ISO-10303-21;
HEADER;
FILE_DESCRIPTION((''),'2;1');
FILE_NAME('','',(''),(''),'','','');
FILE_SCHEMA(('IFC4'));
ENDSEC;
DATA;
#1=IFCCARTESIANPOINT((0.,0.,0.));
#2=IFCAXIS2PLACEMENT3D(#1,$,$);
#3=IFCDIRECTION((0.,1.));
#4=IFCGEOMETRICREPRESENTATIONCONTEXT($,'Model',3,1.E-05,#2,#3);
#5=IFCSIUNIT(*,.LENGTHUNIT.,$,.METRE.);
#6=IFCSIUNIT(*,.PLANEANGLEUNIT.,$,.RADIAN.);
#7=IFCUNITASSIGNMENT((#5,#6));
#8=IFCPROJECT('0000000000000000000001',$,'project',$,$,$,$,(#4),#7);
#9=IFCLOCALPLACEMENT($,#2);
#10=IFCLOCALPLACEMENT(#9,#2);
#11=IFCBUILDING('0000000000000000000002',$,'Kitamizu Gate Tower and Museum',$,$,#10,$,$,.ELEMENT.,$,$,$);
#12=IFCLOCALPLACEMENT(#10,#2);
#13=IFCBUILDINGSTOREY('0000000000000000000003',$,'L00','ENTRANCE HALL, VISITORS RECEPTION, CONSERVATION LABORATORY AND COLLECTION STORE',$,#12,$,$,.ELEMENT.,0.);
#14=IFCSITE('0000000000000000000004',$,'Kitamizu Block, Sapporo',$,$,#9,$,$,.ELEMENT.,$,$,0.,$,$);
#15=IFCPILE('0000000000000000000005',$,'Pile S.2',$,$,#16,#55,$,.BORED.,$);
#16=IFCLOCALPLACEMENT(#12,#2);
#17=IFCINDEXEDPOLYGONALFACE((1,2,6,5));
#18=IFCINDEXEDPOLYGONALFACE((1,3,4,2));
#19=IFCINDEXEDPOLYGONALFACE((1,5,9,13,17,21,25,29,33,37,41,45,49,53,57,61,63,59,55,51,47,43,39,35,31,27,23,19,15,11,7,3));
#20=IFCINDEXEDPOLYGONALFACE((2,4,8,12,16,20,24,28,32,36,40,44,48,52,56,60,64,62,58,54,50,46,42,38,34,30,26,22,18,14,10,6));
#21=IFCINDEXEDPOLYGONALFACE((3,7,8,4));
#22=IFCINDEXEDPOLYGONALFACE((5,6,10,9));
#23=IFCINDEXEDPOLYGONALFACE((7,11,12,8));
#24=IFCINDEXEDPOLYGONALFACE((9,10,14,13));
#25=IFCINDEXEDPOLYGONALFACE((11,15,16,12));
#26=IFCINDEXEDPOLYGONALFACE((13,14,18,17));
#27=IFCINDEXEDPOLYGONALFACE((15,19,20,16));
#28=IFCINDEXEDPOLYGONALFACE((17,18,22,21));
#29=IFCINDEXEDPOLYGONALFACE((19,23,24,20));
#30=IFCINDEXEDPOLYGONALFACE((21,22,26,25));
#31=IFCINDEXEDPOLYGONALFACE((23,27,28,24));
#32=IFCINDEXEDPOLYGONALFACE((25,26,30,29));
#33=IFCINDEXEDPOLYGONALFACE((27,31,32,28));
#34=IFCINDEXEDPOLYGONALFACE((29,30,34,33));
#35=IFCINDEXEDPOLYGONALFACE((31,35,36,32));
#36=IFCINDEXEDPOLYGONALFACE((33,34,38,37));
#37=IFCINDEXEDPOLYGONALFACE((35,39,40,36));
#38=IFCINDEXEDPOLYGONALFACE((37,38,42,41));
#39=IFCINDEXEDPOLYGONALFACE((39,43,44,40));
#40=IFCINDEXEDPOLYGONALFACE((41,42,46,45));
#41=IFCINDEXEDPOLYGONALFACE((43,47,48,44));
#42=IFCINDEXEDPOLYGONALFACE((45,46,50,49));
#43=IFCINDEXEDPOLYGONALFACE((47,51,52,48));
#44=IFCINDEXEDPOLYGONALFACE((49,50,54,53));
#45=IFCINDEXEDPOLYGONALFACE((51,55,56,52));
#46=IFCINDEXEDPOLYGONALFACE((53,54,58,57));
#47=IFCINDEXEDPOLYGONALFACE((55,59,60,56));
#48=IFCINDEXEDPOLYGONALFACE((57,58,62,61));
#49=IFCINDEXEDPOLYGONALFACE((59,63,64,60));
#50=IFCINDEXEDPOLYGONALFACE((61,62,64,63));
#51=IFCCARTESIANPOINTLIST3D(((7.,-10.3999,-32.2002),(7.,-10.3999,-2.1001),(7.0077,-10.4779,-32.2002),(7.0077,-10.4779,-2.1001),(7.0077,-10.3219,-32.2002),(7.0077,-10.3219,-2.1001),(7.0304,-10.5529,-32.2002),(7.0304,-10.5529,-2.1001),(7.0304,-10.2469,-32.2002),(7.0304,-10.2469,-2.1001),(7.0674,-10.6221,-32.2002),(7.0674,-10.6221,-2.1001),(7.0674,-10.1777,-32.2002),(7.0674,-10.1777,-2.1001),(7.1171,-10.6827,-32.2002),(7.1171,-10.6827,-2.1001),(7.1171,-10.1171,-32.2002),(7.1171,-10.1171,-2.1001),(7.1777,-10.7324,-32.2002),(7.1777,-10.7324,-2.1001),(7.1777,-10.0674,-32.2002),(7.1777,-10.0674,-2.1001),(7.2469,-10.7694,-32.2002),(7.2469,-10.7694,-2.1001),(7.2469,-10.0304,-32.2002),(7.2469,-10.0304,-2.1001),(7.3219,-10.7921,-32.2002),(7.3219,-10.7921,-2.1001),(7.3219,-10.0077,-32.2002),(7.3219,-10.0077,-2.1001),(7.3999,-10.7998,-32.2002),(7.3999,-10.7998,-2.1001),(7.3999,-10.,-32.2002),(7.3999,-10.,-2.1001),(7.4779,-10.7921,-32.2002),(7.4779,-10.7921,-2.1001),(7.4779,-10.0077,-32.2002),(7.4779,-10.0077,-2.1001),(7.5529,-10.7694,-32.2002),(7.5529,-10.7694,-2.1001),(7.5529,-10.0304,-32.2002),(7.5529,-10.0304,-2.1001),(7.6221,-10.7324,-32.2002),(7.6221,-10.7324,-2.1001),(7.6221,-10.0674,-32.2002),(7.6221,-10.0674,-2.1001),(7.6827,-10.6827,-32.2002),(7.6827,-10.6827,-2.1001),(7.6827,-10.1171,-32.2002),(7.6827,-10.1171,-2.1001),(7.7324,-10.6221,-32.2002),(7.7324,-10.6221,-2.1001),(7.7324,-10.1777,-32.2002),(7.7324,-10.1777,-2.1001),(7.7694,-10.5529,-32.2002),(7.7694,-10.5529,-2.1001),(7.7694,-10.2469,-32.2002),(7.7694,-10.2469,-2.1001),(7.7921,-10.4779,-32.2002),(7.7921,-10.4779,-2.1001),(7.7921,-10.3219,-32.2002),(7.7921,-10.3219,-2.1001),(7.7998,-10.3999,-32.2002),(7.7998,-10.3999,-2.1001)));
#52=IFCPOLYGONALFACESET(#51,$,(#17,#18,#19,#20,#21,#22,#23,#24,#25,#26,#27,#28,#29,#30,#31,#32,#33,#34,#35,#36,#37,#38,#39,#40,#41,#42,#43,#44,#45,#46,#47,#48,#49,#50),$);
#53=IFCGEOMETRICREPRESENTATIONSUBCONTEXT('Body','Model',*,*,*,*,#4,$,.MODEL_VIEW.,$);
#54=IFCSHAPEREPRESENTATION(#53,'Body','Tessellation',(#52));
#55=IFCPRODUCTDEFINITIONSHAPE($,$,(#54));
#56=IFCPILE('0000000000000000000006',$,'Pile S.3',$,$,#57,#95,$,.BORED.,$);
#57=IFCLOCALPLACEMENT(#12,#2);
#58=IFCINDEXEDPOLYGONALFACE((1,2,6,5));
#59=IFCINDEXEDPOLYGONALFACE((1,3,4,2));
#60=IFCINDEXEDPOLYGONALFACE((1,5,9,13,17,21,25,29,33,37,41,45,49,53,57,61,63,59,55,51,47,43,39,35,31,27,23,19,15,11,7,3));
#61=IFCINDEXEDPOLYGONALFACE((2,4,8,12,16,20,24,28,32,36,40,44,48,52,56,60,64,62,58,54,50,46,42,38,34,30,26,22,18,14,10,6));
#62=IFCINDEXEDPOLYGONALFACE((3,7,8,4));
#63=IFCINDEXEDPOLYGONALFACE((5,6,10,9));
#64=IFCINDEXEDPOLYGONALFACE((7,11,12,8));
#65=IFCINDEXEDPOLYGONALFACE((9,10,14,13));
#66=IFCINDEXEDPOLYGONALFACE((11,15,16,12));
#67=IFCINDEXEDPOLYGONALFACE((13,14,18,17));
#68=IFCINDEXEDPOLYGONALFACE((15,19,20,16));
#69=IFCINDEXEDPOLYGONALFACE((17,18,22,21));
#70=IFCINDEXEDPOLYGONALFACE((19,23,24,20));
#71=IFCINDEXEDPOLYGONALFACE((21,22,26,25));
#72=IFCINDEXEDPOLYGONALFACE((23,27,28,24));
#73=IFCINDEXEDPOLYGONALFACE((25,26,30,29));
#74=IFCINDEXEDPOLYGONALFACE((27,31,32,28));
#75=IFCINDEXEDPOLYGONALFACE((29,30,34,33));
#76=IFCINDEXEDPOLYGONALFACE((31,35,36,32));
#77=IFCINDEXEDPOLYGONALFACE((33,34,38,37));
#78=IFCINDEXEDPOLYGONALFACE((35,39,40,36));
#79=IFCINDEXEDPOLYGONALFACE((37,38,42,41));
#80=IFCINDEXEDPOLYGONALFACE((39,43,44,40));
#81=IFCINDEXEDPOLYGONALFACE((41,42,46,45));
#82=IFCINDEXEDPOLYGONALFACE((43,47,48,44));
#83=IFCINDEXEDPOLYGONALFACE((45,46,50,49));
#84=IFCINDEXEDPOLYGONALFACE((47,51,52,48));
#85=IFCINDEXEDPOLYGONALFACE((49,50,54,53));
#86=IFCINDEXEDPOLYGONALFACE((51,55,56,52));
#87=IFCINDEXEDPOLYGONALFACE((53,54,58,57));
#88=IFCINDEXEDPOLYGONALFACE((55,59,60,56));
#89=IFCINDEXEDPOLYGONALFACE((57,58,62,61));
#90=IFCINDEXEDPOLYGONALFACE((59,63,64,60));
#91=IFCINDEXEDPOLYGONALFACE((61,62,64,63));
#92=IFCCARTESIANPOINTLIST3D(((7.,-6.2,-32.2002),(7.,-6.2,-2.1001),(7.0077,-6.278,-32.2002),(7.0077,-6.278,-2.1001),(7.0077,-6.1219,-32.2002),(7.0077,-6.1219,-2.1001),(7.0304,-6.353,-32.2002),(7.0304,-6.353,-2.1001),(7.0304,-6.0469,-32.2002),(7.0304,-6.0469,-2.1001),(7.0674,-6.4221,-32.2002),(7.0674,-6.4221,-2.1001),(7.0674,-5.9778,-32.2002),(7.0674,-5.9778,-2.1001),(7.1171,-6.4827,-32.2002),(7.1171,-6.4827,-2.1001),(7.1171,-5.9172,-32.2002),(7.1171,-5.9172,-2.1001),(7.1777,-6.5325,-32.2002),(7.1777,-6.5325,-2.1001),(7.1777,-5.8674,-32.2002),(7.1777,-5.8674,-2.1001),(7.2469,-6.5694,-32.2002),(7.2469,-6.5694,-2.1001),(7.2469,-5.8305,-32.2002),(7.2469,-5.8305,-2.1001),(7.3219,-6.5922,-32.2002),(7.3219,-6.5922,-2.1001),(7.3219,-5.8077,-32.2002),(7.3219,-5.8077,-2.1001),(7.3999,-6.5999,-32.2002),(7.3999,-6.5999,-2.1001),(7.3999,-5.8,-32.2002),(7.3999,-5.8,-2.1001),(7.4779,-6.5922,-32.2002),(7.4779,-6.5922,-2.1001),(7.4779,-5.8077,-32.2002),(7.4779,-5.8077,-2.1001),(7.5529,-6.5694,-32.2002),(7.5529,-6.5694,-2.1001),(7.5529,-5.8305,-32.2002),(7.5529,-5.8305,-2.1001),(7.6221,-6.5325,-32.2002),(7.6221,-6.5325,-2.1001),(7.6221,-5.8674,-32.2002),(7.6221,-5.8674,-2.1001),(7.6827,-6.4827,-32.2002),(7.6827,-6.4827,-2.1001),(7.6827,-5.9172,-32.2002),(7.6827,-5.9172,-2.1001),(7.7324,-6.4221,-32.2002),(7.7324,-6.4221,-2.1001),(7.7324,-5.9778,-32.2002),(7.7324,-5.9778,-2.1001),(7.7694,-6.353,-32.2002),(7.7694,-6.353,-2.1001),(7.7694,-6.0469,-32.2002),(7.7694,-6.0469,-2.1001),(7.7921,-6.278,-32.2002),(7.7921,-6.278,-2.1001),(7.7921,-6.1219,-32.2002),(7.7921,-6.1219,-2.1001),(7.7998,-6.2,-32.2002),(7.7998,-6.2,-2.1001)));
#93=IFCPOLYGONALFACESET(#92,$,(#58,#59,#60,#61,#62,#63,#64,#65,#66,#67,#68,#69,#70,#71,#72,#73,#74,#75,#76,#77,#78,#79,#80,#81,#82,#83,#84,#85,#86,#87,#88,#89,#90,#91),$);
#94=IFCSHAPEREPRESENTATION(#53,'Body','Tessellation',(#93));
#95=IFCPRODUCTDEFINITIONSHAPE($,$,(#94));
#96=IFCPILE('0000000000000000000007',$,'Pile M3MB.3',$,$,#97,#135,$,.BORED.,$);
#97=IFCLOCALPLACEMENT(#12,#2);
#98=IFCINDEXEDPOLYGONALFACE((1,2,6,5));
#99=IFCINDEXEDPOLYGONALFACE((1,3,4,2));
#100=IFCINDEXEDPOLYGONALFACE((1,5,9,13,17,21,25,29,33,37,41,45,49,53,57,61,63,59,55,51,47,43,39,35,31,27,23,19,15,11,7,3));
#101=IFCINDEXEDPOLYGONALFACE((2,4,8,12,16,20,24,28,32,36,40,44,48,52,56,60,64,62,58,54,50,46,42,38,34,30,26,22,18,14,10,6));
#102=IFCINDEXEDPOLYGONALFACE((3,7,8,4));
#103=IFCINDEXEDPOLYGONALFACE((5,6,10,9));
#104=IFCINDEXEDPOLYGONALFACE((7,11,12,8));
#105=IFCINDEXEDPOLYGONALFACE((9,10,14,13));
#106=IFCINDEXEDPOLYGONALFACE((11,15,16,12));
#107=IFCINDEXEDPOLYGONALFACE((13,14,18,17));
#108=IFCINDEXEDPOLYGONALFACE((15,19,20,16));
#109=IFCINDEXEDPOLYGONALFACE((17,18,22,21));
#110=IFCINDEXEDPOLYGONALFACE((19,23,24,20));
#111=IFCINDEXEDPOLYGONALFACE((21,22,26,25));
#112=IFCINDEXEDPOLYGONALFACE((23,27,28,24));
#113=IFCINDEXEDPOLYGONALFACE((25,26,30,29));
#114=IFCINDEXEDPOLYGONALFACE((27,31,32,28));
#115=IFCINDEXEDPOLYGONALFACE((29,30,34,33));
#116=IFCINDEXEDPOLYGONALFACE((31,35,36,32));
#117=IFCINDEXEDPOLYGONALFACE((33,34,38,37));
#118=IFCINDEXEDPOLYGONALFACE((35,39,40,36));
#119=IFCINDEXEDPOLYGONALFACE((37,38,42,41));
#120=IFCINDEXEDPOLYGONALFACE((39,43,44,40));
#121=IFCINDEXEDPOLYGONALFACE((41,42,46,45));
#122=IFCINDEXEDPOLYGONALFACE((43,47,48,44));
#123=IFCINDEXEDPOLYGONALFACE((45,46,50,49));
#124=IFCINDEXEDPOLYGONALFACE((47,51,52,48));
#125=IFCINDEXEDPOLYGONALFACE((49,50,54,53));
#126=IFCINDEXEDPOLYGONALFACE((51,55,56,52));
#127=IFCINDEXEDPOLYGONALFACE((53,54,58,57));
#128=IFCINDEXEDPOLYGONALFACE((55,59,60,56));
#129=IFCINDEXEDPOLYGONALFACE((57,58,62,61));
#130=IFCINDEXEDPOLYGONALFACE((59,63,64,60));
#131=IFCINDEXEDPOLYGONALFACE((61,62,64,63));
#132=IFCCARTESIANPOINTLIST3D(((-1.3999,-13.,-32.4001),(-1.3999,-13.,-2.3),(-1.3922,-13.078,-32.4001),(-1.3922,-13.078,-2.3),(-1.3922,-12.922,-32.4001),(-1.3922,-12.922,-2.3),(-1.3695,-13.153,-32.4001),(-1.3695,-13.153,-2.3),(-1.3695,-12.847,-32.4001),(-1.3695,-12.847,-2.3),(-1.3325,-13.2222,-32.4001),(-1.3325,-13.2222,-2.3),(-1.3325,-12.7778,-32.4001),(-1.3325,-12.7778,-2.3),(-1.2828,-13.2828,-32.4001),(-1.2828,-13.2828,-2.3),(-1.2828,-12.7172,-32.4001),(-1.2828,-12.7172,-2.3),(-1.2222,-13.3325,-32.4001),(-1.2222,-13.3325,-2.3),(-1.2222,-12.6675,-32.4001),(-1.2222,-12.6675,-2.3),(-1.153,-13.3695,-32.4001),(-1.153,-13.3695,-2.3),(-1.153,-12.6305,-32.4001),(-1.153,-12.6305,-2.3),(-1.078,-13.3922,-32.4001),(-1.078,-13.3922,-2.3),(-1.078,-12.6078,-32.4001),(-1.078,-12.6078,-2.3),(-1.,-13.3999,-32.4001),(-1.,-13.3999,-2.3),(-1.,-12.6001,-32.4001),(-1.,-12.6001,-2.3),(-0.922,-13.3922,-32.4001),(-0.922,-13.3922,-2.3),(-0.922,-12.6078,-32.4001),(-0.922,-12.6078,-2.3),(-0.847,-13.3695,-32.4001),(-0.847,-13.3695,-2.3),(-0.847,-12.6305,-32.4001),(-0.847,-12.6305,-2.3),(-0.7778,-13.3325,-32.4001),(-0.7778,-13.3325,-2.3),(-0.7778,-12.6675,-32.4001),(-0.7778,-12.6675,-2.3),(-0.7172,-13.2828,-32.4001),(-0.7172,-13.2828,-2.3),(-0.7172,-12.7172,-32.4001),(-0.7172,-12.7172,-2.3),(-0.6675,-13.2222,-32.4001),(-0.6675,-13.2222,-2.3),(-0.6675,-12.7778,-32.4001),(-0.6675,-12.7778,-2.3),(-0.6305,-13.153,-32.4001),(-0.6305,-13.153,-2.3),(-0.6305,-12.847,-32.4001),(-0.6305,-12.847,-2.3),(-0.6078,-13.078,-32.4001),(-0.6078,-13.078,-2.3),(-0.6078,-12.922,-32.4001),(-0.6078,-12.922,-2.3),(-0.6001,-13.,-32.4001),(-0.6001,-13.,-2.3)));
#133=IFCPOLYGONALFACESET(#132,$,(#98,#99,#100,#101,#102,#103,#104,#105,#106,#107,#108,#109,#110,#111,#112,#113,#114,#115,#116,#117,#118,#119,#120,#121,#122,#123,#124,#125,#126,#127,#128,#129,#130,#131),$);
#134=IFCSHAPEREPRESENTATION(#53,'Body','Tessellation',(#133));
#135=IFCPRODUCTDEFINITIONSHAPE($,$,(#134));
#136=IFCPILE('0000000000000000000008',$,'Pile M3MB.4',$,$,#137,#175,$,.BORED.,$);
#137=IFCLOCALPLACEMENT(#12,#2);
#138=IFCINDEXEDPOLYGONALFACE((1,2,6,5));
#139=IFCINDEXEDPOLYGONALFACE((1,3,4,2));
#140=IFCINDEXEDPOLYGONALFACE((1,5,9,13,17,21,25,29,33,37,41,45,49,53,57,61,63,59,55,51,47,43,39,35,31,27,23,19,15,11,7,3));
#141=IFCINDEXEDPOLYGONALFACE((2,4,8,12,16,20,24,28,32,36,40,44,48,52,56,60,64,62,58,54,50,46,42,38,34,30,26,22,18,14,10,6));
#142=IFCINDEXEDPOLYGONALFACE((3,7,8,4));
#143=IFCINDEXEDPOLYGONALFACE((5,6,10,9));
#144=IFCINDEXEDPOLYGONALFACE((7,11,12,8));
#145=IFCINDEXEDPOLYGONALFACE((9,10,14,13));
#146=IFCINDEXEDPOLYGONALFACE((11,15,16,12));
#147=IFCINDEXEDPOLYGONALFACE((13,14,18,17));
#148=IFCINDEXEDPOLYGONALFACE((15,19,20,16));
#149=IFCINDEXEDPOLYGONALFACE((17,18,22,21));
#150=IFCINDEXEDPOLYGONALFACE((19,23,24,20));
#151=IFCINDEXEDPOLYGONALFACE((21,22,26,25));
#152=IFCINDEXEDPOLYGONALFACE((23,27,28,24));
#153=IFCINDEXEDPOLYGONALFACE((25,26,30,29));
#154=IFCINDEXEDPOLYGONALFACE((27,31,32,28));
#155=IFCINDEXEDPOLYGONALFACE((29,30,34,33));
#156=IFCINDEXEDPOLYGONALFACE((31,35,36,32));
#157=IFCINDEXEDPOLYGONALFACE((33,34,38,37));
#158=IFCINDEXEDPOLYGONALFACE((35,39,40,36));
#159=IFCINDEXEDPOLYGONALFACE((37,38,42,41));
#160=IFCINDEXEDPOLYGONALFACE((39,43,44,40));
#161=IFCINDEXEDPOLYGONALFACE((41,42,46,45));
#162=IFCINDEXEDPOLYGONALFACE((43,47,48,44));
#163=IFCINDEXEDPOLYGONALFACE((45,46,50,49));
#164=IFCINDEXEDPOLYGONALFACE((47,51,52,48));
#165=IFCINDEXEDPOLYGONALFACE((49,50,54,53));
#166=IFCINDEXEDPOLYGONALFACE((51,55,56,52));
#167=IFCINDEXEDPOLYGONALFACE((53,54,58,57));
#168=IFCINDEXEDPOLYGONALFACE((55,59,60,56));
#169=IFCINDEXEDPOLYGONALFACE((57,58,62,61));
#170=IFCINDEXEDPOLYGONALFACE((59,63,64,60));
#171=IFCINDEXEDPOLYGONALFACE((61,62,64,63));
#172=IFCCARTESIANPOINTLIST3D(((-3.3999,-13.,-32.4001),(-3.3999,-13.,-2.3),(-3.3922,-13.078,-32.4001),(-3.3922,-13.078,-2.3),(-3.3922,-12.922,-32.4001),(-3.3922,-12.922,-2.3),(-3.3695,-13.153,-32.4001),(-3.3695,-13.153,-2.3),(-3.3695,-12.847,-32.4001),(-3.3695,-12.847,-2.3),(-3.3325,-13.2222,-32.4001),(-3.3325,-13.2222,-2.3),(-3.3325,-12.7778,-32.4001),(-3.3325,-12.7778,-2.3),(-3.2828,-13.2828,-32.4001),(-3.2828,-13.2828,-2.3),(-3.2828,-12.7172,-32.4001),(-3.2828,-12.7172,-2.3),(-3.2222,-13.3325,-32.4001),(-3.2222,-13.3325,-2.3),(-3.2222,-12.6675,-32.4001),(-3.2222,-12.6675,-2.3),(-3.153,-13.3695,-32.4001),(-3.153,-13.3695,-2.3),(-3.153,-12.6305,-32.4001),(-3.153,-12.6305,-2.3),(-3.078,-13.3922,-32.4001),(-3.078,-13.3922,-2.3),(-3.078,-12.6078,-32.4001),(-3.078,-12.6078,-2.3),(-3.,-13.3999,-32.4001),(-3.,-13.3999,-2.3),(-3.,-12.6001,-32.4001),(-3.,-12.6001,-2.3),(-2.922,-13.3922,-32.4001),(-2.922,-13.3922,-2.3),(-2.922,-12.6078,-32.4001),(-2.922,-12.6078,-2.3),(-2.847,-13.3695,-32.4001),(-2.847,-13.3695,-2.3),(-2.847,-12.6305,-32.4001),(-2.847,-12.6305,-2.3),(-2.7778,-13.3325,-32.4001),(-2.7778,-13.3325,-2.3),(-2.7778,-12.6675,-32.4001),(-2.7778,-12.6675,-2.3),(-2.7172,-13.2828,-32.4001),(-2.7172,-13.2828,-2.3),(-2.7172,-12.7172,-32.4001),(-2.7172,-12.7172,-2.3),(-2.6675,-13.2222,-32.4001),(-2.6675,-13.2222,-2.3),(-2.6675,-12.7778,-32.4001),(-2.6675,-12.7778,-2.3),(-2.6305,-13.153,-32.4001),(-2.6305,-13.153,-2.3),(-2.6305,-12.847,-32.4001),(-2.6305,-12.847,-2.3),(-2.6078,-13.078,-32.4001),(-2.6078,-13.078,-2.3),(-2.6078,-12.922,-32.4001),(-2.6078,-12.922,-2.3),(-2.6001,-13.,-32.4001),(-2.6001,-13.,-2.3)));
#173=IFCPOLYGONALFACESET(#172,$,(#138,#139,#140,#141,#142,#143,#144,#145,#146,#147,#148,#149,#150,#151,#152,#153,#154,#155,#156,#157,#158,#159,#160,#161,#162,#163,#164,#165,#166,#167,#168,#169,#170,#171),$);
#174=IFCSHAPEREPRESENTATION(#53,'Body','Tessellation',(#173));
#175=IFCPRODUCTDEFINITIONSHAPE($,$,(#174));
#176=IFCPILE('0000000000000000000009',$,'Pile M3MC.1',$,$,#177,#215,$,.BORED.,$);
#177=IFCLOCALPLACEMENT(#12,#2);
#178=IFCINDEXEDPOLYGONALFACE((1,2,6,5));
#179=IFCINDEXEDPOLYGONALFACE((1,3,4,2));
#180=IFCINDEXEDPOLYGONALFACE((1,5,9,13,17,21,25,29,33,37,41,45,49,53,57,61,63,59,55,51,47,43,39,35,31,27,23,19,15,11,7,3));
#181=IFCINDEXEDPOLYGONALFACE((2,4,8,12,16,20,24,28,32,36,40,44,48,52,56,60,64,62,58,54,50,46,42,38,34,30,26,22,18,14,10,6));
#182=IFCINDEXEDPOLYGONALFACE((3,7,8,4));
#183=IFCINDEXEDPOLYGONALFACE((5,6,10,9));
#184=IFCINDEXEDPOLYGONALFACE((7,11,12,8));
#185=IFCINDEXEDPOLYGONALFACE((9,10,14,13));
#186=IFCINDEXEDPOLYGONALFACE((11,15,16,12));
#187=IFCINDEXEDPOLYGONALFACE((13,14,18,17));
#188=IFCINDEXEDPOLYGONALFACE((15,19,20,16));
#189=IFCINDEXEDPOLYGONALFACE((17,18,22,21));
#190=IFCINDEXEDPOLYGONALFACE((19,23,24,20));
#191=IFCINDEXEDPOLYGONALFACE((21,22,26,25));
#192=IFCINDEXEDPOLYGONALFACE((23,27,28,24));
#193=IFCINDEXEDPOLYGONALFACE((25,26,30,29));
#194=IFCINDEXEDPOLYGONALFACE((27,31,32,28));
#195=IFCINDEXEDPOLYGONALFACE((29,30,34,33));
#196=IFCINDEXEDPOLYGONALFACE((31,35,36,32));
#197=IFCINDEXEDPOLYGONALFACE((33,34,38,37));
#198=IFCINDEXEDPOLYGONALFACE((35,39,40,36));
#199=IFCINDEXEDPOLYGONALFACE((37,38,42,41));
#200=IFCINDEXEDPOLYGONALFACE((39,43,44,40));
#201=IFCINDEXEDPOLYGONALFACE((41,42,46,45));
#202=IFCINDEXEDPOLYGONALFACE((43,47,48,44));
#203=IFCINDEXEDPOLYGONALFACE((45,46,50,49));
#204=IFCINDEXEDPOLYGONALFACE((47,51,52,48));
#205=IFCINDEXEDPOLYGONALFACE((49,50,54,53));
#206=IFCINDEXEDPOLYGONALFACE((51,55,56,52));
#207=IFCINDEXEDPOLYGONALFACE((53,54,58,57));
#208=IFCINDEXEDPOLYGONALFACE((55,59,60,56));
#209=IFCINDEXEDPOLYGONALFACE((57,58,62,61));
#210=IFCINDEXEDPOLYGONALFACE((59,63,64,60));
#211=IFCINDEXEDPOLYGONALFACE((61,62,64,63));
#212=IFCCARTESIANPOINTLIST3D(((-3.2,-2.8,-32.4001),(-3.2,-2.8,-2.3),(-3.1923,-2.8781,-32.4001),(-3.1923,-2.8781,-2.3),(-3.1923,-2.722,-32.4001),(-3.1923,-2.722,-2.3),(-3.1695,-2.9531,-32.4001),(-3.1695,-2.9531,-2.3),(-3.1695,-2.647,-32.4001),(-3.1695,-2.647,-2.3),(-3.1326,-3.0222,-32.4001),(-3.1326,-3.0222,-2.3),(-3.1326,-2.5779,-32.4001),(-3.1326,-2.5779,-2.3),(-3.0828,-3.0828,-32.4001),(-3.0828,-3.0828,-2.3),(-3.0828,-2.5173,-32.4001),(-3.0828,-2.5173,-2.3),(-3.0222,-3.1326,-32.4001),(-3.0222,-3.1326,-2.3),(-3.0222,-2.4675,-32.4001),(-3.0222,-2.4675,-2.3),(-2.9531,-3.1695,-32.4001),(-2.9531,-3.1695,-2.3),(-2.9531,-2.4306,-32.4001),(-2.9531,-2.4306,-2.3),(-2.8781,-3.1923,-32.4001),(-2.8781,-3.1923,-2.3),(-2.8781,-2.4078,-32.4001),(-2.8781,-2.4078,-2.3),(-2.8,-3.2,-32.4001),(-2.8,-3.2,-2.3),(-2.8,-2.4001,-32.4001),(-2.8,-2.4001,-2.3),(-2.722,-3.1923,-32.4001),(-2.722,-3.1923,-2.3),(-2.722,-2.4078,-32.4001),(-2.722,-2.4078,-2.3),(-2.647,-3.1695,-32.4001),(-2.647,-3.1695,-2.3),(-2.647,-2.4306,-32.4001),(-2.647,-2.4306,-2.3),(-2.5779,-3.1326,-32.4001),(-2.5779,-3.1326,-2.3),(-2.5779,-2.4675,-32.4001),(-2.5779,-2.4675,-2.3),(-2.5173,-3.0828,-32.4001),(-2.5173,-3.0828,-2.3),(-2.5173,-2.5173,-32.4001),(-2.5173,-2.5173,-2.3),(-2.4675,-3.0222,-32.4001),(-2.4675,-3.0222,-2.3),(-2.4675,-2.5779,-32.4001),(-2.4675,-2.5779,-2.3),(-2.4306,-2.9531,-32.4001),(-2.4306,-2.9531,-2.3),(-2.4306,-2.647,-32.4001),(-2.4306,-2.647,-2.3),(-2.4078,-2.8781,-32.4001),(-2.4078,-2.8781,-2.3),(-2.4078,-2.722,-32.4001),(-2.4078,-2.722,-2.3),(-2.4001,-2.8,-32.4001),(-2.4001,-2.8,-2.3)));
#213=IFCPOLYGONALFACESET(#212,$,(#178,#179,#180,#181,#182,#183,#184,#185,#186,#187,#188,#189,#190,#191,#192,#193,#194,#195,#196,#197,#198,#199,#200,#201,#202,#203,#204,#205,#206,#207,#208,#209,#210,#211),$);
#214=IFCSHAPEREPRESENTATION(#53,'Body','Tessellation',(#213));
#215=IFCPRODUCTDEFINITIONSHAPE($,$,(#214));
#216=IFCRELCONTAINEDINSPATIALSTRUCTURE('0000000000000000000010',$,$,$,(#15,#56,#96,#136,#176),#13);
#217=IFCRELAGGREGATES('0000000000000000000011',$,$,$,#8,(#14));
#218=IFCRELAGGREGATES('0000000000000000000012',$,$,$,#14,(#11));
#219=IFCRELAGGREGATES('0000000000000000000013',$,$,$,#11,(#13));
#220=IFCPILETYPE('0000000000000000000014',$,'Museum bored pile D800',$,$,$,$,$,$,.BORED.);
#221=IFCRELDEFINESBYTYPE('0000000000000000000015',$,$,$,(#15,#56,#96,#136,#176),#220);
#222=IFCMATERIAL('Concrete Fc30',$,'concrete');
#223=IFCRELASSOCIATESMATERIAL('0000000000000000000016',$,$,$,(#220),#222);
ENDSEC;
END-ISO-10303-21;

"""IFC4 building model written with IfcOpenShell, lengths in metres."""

from ifc_helpers import new_model, si_unit, direction, frame, origin, origin_2d, place, context, subcontext, project, spatial, circle, extrude, material, material_profile, profile_set, type_object, element, save


model = new_model("IFC4")

# Units and contexts
model_context = context("Model", 3, precision=1e-05, world=origin(), true_north=direction((0.0, 1.0)))
body_context = subcontext(model_context, "Body", "Model", "MODEL_VIEW")
ifc_project = project(units=[si_unit("LENGTHUNIT", "METRE"), si_unit("PLANEANGLEUNIT", "RADIAN")], contexts=[model_context])

# Site, building, storey
site_placement = place(None, origin())
site = spatial("IfcSite", under=ifc_project, at=site_placement, Name="Kitamizu Block, Sapporo", CompositionType="ELEMENT", RefElevation=0.0)
building_placement = place(site_placement, origin())
building = spatial("IfcBuilding", under=site, at=building_placement, Name="Kitamizu Gate Tower and Museum", CompositionType="ELEMENT")
storey_placement = place(building_placement, origin())
storey = spatial("IfcBuildingStorey", under=building, at=storey_placement, Name="L00", Description="ENTRANCE HALL, VISITORS RECEPTION, CONSERVATION LABORATORY AND COLLECTION STORE", CompositionType="ELEMENT", Elevation=0.0)

# Piles
ifc_material_1 = material(Name="Concrete Fc30", Category="concrete")
ifc_material_profile_1 = material_profile(ifc_material_1, circle(Radius=0.3999, at=origin_2d()), Name="D800")
ifc_profile_set_1 = profile_set([ifc_material_profile_1], Name="Concrete Fc30")
pile_type = type_object("IfcPileType", Name="Museum bored pile D800", PredefinedType="BORED", material=ifc_profile_set_1)
for number, where, z_axis, x_axis, name in (
    (1, (7.3999, -10.3999, -2.1001), (0.0, 0.0, -1.0), (1.0, 0.0, 0.0), "Pile S.2"),
    (2, (7.3999, -6.2, -2.1001), (0.0, 0.0, -1.0), (1.0, 0.0, 0.0), "Pile S.3"),
    (3, (-1.0, -13.0, -2.3), (0.0, 0.0, -1.0), (1.0, 0.0, 0.0), "Pile M3MB.3"),
    (4, (-3.0, -13.0, -2.3), (0.0, 0.0, -1.0), (1.0, 0.0, 0.0), "Pile M3MB.4"),
    (5, (-2.8, -2.8, -2.3), (0.0, 0.0, -1.0), (1.0, 0.0, 0.0), "Pile M3MC.1"),
):
    element("IfcPile", number, at=place(storey_placement, frame(where, z_axis=z_axis, x_axis=x_axis)), inside=storey, type_object=pile_type, Name=name, PredefinedType="BORED", context=body_context, shape_type="SweptSolid", body=[
        extrude(circle(Radius=0.3999, at=origin_2d()), origin(), (0.0, 0.0, 1.0), 30.1001),
    ])

save(model, "model.ifc")
